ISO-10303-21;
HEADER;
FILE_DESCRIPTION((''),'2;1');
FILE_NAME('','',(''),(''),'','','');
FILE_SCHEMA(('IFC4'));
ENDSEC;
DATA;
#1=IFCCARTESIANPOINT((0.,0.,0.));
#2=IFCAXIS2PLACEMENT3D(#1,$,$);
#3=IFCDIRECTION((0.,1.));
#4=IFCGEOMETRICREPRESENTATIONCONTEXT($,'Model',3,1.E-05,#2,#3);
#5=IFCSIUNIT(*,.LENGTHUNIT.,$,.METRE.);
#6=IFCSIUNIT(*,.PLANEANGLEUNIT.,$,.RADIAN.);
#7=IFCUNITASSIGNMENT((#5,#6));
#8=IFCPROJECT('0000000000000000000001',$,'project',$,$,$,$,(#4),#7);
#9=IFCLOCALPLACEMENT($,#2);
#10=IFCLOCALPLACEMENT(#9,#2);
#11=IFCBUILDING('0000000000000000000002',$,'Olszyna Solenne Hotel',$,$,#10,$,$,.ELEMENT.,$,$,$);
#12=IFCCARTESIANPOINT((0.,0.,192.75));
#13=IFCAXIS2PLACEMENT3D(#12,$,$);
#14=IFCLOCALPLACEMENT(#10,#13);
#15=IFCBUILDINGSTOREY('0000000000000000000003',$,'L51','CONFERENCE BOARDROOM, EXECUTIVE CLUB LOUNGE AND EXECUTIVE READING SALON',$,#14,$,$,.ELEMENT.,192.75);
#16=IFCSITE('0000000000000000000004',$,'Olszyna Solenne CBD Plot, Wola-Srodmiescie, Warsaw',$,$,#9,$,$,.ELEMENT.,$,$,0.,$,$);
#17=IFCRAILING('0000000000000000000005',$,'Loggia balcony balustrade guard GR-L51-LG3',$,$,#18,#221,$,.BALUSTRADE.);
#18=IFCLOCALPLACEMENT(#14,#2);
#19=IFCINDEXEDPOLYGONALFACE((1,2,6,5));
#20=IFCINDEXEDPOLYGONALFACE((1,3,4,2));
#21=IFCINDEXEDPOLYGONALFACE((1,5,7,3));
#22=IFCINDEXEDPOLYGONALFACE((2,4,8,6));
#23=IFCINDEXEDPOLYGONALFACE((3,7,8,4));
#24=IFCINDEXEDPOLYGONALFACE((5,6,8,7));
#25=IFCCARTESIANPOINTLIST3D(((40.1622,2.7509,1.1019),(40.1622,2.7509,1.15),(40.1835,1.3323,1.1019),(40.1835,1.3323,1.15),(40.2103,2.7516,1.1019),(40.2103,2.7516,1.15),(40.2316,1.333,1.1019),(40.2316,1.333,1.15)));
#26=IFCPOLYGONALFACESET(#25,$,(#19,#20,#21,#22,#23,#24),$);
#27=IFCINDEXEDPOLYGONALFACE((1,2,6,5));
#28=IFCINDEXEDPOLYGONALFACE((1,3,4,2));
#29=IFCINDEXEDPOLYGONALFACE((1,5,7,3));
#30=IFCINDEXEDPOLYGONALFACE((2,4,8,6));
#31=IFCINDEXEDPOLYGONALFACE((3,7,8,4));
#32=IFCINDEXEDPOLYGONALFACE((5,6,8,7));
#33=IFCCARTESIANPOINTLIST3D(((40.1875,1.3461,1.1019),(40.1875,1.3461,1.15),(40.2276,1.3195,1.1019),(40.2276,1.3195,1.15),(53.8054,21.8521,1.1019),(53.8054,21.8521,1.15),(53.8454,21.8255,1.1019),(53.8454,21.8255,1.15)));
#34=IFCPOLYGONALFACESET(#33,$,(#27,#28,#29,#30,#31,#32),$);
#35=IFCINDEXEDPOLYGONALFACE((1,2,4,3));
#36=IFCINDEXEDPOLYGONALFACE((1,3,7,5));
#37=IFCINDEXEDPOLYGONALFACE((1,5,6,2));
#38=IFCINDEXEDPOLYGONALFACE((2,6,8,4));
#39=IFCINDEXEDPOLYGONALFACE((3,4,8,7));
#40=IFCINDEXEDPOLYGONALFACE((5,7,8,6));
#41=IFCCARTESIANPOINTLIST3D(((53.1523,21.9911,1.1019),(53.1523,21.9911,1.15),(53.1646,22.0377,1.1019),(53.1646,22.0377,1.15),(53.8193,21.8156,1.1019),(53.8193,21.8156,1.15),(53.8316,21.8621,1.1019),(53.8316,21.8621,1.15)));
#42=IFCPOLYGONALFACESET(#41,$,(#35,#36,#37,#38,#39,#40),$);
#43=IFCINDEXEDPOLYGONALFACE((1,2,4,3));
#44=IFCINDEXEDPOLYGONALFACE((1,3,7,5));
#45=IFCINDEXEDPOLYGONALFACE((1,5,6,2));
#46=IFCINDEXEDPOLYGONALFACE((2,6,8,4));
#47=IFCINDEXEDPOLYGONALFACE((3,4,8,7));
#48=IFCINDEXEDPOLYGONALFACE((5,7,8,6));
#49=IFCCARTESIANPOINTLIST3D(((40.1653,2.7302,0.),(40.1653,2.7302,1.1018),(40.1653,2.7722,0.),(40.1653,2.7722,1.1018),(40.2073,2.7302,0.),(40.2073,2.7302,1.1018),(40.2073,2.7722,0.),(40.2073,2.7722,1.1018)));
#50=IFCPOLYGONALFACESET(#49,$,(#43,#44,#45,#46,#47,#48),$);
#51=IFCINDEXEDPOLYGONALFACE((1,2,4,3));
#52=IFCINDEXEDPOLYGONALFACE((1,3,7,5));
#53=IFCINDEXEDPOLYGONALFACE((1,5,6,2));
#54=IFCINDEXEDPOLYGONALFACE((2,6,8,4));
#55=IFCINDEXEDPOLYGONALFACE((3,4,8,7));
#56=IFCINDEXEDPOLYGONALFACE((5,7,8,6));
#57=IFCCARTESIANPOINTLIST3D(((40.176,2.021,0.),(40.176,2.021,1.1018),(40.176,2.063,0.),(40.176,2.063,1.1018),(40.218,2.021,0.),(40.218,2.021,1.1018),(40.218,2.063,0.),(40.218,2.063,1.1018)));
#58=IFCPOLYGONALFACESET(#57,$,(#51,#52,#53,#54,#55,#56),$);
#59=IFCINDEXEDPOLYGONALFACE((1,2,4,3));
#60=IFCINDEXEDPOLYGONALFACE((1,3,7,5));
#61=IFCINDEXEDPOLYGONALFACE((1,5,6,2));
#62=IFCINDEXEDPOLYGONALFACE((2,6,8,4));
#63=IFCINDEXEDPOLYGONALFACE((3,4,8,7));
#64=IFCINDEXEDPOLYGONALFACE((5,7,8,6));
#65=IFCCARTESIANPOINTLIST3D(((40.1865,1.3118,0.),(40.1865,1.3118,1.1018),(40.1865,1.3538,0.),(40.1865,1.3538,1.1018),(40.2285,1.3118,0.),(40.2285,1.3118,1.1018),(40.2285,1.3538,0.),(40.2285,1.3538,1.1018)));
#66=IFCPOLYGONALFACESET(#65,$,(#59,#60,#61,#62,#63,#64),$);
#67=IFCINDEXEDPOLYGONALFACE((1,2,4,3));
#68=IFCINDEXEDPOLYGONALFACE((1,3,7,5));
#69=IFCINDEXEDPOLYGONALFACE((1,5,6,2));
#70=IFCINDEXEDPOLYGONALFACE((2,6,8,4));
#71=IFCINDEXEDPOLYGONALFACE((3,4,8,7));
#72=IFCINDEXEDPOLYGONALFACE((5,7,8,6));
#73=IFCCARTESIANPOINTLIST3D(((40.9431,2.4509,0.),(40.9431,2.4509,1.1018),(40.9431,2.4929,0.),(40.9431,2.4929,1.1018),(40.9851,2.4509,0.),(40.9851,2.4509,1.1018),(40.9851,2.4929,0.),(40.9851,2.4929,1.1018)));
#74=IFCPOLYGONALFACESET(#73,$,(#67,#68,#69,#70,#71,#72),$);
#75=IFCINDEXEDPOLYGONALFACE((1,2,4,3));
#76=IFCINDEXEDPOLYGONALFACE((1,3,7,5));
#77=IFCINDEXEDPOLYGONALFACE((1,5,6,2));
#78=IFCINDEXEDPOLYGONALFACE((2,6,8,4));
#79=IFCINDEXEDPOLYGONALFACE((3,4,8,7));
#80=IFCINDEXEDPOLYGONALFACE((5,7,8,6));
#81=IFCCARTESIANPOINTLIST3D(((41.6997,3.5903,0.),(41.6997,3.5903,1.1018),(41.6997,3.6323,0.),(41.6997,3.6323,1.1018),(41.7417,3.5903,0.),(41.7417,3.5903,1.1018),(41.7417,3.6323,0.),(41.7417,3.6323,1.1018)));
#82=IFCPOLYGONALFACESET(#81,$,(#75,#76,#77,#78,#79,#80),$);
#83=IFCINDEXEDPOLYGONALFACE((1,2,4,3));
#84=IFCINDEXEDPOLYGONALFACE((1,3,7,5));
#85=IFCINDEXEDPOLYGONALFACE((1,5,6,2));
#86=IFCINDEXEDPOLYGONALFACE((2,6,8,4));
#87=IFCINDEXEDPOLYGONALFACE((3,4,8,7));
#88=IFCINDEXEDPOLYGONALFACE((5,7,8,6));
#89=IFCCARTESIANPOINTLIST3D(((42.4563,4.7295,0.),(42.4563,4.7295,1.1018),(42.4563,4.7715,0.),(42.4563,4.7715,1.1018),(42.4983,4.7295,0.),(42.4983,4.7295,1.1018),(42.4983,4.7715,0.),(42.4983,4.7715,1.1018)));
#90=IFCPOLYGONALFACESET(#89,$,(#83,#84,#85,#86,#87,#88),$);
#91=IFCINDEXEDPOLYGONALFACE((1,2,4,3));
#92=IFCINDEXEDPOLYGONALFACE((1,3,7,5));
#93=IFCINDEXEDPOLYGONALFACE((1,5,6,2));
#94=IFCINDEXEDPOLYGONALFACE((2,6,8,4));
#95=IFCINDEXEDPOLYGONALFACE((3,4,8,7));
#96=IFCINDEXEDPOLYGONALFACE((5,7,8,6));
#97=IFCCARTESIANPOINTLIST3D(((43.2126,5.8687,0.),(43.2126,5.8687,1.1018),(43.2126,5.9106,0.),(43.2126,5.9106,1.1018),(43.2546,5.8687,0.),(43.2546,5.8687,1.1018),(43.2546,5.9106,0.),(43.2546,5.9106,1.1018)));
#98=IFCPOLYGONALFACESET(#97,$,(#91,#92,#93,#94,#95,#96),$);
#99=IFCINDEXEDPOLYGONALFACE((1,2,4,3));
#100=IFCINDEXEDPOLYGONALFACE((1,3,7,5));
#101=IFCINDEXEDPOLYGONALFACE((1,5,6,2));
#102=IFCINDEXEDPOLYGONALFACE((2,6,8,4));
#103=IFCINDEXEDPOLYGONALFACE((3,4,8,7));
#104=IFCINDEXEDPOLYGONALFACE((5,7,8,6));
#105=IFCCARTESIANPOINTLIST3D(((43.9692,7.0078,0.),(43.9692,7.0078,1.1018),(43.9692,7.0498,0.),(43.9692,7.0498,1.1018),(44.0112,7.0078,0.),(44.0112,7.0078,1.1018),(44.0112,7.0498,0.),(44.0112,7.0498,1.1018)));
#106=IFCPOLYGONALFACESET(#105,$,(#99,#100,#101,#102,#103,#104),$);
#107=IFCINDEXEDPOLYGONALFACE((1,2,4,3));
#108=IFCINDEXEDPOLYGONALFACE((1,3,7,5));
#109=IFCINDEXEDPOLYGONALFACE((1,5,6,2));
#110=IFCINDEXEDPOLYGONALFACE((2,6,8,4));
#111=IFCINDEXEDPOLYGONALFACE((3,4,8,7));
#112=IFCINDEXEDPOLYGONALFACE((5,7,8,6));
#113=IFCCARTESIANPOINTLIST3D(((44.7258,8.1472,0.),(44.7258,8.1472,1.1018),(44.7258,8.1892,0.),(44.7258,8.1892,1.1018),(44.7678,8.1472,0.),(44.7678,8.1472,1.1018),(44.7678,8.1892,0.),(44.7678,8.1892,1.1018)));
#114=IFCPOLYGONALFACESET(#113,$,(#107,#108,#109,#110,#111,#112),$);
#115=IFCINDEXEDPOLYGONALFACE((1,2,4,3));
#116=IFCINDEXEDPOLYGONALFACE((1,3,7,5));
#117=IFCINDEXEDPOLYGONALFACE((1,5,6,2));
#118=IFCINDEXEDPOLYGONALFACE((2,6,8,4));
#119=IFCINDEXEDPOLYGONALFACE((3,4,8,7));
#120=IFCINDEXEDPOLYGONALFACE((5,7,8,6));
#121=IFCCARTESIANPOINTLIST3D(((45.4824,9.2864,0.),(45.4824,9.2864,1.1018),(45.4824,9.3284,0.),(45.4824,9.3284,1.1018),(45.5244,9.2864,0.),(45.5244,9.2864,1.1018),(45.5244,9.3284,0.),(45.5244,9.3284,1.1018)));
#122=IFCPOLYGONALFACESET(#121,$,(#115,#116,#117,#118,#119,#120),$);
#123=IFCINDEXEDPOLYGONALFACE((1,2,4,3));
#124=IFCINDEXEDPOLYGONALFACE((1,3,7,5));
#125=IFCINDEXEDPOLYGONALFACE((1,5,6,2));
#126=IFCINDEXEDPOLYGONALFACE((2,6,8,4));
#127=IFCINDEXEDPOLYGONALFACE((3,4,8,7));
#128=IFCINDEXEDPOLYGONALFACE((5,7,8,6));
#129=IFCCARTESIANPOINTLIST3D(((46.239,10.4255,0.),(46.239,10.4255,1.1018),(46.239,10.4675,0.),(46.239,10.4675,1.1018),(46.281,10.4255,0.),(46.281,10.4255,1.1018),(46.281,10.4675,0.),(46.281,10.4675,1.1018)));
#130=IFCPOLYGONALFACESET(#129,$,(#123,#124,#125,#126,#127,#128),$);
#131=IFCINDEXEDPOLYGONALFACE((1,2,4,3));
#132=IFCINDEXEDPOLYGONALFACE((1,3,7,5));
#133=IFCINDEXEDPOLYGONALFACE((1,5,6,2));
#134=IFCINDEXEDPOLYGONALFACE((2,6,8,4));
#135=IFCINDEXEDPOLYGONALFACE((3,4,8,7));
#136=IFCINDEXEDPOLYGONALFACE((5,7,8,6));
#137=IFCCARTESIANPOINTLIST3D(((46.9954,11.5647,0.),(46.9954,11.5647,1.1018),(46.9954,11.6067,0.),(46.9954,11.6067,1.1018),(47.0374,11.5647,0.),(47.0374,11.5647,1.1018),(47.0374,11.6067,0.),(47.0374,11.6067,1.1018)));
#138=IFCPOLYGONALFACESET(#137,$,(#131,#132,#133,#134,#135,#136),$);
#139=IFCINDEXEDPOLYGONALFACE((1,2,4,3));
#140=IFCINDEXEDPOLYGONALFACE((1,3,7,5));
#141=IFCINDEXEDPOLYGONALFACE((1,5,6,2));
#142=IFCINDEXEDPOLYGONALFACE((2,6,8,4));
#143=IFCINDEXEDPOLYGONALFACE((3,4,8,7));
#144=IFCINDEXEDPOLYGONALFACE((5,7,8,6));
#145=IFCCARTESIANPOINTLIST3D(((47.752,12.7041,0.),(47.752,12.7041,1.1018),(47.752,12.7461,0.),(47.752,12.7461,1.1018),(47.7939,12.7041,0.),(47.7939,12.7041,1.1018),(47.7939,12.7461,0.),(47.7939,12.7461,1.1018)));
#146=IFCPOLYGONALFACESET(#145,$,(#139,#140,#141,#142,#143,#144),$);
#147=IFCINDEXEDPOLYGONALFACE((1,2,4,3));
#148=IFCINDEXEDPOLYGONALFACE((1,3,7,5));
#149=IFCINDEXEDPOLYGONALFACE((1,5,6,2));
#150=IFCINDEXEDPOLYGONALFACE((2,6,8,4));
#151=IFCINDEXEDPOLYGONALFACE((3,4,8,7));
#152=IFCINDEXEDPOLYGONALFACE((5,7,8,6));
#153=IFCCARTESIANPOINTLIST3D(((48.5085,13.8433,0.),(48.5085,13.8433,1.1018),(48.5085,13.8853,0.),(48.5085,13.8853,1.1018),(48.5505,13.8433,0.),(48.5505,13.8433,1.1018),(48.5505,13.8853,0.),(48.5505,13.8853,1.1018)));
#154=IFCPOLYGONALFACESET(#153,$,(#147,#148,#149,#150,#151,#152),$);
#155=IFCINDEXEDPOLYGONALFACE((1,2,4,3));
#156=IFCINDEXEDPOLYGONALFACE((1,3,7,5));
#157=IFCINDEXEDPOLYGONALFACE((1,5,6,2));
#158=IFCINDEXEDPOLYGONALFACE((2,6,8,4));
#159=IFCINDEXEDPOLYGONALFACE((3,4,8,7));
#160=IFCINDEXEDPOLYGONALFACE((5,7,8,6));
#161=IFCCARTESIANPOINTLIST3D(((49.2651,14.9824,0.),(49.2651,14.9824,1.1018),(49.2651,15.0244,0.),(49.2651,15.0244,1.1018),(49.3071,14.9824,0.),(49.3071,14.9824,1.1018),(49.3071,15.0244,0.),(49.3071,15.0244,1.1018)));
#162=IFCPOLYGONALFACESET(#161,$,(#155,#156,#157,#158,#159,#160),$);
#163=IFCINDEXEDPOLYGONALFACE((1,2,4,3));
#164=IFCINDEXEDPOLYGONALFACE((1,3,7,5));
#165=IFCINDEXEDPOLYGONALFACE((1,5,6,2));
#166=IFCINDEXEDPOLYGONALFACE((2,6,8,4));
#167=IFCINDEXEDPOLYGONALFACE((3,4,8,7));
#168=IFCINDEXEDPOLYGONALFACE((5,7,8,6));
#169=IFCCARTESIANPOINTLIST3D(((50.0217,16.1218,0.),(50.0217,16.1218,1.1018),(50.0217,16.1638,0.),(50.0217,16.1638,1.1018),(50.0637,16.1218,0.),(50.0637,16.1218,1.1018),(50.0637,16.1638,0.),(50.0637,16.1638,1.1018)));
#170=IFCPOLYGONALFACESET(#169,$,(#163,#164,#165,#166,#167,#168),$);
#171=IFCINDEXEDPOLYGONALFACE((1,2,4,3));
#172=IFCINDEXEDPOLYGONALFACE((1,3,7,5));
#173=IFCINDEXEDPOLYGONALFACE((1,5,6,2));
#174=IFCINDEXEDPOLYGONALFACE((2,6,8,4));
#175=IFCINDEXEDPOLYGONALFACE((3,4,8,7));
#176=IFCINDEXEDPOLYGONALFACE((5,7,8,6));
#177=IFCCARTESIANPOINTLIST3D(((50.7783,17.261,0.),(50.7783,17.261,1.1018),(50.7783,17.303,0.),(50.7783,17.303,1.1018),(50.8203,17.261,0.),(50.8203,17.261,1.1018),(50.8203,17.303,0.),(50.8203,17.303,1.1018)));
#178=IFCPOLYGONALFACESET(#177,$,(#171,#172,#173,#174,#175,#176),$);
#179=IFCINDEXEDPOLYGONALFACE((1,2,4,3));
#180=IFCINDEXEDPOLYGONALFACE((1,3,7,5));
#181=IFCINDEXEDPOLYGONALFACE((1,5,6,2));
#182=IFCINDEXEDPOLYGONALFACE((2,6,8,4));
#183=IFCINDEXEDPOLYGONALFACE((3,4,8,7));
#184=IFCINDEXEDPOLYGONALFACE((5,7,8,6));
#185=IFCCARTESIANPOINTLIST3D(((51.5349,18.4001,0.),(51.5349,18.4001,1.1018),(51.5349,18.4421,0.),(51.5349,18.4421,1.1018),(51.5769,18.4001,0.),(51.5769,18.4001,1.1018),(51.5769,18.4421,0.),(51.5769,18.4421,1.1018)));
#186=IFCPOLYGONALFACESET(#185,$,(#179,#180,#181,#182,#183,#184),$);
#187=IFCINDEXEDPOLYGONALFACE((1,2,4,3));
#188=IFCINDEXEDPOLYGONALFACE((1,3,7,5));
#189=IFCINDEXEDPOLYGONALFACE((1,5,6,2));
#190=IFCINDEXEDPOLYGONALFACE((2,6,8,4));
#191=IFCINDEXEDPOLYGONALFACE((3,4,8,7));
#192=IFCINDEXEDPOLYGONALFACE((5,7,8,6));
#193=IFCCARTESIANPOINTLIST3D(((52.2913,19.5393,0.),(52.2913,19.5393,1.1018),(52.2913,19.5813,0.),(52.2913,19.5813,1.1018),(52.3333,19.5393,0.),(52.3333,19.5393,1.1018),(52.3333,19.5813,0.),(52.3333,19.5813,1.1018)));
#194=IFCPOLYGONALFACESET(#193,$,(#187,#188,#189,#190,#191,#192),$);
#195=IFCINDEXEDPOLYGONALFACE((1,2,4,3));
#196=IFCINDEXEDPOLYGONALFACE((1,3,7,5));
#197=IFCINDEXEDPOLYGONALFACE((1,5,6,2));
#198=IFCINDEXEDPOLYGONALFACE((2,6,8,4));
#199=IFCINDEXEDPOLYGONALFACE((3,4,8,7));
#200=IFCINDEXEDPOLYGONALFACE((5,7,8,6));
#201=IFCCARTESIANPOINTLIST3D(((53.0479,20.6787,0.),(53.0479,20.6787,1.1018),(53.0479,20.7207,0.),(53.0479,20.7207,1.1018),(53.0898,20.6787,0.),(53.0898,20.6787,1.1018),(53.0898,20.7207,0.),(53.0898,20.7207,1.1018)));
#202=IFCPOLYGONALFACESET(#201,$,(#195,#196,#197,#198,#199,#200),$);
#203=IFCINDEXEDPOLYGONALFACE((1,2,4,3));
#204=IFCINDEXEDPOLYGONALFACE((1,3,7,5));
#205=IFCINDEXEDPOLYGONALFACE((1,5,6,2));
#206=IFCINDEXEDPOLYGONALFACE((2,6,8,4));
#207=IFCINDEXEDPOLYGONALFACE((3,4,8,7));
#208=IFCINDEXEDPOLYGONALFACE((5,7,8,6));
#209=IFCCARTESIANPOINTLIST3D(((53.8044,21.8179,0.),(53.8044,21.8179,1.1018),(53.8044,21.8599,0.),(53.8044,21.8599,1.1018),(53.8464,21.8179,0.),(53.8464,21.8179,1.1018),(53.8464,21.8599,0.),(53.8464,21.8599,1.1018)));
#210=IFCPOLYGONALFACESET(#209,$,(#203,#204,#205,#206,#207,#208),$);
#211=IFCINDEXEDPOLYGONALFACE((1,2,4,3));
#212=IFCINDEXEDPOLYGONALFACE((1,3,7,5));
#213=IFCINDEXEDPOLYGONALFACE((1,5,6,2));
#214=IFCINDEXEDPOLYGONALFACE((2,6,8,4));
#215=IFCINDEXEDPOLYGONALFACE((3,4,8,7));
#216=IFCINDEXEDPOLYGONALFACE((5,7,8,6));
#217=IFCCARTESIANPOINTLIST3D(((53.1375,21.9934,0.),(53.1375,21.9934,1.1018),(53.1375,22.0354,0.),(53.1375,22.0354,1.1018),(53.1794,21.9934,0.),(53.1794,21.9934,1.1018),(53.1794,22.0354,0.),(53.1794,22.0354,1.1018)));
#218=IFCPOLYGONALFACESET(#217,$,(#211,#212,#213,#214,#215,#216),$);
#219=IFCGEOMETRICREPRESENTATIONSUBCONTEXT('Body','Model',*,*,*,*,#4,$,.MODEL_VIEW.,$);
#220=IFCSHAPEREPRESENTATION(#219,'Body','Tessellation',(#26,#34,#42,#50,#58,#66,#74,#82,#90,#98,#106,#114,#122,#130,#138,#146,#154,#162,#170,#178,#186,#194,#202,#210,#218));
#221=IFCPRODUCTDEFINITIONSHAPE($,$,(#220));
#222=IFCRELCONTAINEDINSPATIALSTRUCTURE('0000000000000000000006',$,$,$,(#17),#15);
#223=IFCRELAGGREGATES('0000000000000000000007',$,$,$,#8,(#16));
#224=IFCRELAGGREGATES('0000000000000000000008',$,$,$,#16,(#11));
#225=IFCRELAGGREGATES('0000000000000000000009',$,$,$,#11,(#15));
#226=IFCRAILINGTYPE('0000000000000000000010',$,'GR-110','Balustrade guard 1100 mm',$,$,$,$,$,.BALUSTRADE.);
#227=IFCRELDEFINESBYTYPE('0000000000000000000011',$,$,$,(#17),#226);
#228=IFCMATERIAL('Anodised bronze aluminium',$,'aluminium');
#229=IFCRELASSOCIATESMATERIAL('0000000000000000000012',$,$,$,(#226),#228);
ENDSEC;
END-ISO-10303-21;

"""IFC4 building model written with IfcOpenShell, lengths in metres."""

from ifc_helpers import new_model, si_unit, direction, frame, origin, origin_2d, place, context, subcontext, project, spatial, rectangle, extrude, material, type_object, element, save


model = new_model("IFC4")

# Units and contexts
model_context = context("Model", 3, precision=1e-05, world=origin(), true_north=direction((0.0, 1.0)))
body_context = subcontext(model_context, "Body", "Model", "MODEL_VIEW")
ifc_project = project(units=[si_unit("LENGTHUNIT", "METRE"), si_unit("PLANEANGLEUNIT", "RADIAN")], contexts=[model_context])

# Site, building, storey
site_placement = place(None, origin())
site = spatial("IfcSite", under=ifc_project, at=site_placement, Name="Olszyna Solenne CBD Plot, Wola-Srodmiescie, Warsaw", CompositionType="ELEMENT", RefElevation=0.0)
building_placement = place(site_placement, origin())
building = spatial("IfcBuilding", under=site, at=building_placement, Name="Olszyna Solenne Hotel", CompositionType="ELEMENT")
storey_placement = place(building_placement, frame((0.0, 0.0, 192.75)))
storey = spatial("IfcBuildingStorey", under=building, at=storey_placement, Name="L51", Description="CONFERENCE BOARDROOM, EXECUTIVE CLUB LOUNGE AND EXECUTIVE READING SALON", CompositionType="ELEMENT", Elevation=192.75)

# Railing
ifc_material_1 = material(Name="Anodised bronze aluminium", Category="aluminium")
railing_type = type_object("IfcRailingType", Name="GR-110", Description="Balustrade guard 1100 mm", PredefinedType="BALUSTRADE", material=ifc_material_1)
railing_placement = place(storey_placement, frame((40.1863, 2.7512, 0.0)))
element("IfcRailing", 1, at=railing_placement, inside=storey, type_object=railing_type, Name="Loggia balcony balustrade guard GR-L51-LG3", PredefinedType="BALUSTRADE", context=body_context, shape_type="SweptSolid", body=[
    extrude(rectangle(XDim=0.0481, YDim=0.0481, at=origin_2d()), frame((0.0, 0.0, 1.126), z_axis=(0.014973, -0.999888, 0.0), x_axis=(0.999888, 0.014973, 0.0)), (0.0, 0.0, 1.0), 1.4187),
    extrude(rectangle(XDim=0.0481, YDim=0.0481, at=origin_2d()), frame((0.0212, -1.4185, 1.126), z_axis=(0.553214, 0.833039, 0.0), x_axis=(-0.833039, 0.553214, 0.0)), (0.0, 0.0, 1.0), 24.616),
    extrude(rectangle(XDim=0.0481, YDim=0.0481, at=origin_2d()), frame((13.6392, 19.0876, 1.126), z_axis=(-0.96707, 0.254511, 0.0), x_axis=(-0.254511, -0.96707, 0.0)), (0.0, 0.0, 1.0), 0.6897),
    extrude(rectangle(XDim=0.042, YDim=0.042, at=origin_2d()), origin(), (0.0, 0.0, 1.0), 1.1018),
    extrude(rectangle(XDim=0.042, YDim=0.042, at=origin_2d()), frame((0.0107, -0.7092, 0.0)), (0.0, 0.0, 1.0), 1.1018),
    extrude(rectangle(XDim=0.042, YDim=0.042, at=origin_2d()), frame((0.0212, -1.4185, 0.0)), (0.0, 0.0, 1.0), 1.1018),
    extrude(rectangle(XDim=0.042, YDim=0.042, at=origin_2d()), frame((0.7778, -0.2793, 0.0)), (0.0, 0.0, 1.0), 1.1018),
    extrude(rectangle(XDim=0.042, YDim=0.042, at=origin_2d()), frame((1.5344, 0.8601, 0.0)), (0.0, 0.0, 1.0), 1.1018),
    extrude(rectangle(XDim=0.042, YDim=0.042, at=origin_2d()), frame((2.291, 1.9993, 0.0)), (0.0, 0.0, 1.0), 1.1018),
    extrude(rectangle(XDim=0.042, YDim=0.042, at=origin_2d()), frame((3.0474, 3.1384, 0.0)), (0.0, 0.0, 1.0), 1.1018),
    extrude(rectangle(XDim=0.042, YDim=0.042, at=origin_2d()), frame((3.804, 4.2776, 0.0)), (0.0, 0.0, 1.0), 1.1018),
    extrude(rectangle(XDim=0.042, YDim=0.042, at=origin_2d()), frame((4.5605, 5.417, 0.0)), (0.0, 0.0, 1.0), 1.1018),
    extrude(rectangle(XDim=0.042, YDim=0.042, at=origin_2d()), frame((5.3171, 6.5562, 0.0)), (0.0, 0.0, 1.0), 1.1018),
    extrude(rectangle(XDim=0.042, YDim=0.042, at=origin_2d()), frame((6.0737, 7.6953, 0.0)), (0.0, 0.0, 1.0), 1.1018),
    extrude(rectangle(XDim=0.042, YDim=0.042, at=origin_2d()), frame((6.8301, 8.8345, 0.0)), (0.0, 0.0, 1.0), 1.1018),
    extrude(rectangle(XDim=0.042, YDim=0.042, at=origin_2d()), frame((7.5867, 9.9739, 0.0)), (0.0, 0.0, 1.0), 1.1018),
    extrude(rectangle(XDim=0.042, YDim=0.042, at=origin_2d()), frame((8.3433, 11.113, 0.0)), (0.0, 0.0, 1.0), 1.1018),
    extrude(rectangle(XDim=0.042, YDim=0.042, at=origin_2d()), frame((9.0999, 12.2522, 0.0)), (0.0, 0.0, 1.0), 1.1018),
    extrude(rectangle(XDim=0.042, YDim=0.042, at=origin_2d()), frame((9.8564, 13.3916, 0.0)), (0.0, 0.0, 1.0), 1.1018),
    extrude(rectangle(XDim=0.042, YDim=0.042, at=origin_2d()), frame((10.613, 14.5308, 0.0)), (0.0, 0.0, 1.0), 1.1018),
    extrude(rectangle(XDim=0.042, YDim=0.042, at=origin_2d()), frame((11.3696, 15.6699, 0.0)), (0.0, 0.0, 1.0), 1.1018),
    extrude(rectangle(XDim=0.042, YDim=0.042, at=origin_2d()), frame((12.126, 16.8091, 0.0)), (0.0, 0.0, 1.0), 1.1018),
    extrude(rectangle(XDim=0.042, YDim=0.042, at=origin_2d()), frame((12.8826, 17.9485, 0.0)), (0.0, 0.0, 1.0), 1.1018),
    extrude(rectangle(XDim=0.042, YDim=0.042, at=origin_2d()), frame((13.6392, 19.0876, 0.0)), (0.0, 0.0, 1.0), 1.1018),
    extrude(rectangle(XDim=0.042, YDim=0.042, at=origin_2d()), frame((12.9722, 19.2632, 0.0)), (0.0, 0.0, 1.0), 1.1018),
])

save(model, "model.ifc")
